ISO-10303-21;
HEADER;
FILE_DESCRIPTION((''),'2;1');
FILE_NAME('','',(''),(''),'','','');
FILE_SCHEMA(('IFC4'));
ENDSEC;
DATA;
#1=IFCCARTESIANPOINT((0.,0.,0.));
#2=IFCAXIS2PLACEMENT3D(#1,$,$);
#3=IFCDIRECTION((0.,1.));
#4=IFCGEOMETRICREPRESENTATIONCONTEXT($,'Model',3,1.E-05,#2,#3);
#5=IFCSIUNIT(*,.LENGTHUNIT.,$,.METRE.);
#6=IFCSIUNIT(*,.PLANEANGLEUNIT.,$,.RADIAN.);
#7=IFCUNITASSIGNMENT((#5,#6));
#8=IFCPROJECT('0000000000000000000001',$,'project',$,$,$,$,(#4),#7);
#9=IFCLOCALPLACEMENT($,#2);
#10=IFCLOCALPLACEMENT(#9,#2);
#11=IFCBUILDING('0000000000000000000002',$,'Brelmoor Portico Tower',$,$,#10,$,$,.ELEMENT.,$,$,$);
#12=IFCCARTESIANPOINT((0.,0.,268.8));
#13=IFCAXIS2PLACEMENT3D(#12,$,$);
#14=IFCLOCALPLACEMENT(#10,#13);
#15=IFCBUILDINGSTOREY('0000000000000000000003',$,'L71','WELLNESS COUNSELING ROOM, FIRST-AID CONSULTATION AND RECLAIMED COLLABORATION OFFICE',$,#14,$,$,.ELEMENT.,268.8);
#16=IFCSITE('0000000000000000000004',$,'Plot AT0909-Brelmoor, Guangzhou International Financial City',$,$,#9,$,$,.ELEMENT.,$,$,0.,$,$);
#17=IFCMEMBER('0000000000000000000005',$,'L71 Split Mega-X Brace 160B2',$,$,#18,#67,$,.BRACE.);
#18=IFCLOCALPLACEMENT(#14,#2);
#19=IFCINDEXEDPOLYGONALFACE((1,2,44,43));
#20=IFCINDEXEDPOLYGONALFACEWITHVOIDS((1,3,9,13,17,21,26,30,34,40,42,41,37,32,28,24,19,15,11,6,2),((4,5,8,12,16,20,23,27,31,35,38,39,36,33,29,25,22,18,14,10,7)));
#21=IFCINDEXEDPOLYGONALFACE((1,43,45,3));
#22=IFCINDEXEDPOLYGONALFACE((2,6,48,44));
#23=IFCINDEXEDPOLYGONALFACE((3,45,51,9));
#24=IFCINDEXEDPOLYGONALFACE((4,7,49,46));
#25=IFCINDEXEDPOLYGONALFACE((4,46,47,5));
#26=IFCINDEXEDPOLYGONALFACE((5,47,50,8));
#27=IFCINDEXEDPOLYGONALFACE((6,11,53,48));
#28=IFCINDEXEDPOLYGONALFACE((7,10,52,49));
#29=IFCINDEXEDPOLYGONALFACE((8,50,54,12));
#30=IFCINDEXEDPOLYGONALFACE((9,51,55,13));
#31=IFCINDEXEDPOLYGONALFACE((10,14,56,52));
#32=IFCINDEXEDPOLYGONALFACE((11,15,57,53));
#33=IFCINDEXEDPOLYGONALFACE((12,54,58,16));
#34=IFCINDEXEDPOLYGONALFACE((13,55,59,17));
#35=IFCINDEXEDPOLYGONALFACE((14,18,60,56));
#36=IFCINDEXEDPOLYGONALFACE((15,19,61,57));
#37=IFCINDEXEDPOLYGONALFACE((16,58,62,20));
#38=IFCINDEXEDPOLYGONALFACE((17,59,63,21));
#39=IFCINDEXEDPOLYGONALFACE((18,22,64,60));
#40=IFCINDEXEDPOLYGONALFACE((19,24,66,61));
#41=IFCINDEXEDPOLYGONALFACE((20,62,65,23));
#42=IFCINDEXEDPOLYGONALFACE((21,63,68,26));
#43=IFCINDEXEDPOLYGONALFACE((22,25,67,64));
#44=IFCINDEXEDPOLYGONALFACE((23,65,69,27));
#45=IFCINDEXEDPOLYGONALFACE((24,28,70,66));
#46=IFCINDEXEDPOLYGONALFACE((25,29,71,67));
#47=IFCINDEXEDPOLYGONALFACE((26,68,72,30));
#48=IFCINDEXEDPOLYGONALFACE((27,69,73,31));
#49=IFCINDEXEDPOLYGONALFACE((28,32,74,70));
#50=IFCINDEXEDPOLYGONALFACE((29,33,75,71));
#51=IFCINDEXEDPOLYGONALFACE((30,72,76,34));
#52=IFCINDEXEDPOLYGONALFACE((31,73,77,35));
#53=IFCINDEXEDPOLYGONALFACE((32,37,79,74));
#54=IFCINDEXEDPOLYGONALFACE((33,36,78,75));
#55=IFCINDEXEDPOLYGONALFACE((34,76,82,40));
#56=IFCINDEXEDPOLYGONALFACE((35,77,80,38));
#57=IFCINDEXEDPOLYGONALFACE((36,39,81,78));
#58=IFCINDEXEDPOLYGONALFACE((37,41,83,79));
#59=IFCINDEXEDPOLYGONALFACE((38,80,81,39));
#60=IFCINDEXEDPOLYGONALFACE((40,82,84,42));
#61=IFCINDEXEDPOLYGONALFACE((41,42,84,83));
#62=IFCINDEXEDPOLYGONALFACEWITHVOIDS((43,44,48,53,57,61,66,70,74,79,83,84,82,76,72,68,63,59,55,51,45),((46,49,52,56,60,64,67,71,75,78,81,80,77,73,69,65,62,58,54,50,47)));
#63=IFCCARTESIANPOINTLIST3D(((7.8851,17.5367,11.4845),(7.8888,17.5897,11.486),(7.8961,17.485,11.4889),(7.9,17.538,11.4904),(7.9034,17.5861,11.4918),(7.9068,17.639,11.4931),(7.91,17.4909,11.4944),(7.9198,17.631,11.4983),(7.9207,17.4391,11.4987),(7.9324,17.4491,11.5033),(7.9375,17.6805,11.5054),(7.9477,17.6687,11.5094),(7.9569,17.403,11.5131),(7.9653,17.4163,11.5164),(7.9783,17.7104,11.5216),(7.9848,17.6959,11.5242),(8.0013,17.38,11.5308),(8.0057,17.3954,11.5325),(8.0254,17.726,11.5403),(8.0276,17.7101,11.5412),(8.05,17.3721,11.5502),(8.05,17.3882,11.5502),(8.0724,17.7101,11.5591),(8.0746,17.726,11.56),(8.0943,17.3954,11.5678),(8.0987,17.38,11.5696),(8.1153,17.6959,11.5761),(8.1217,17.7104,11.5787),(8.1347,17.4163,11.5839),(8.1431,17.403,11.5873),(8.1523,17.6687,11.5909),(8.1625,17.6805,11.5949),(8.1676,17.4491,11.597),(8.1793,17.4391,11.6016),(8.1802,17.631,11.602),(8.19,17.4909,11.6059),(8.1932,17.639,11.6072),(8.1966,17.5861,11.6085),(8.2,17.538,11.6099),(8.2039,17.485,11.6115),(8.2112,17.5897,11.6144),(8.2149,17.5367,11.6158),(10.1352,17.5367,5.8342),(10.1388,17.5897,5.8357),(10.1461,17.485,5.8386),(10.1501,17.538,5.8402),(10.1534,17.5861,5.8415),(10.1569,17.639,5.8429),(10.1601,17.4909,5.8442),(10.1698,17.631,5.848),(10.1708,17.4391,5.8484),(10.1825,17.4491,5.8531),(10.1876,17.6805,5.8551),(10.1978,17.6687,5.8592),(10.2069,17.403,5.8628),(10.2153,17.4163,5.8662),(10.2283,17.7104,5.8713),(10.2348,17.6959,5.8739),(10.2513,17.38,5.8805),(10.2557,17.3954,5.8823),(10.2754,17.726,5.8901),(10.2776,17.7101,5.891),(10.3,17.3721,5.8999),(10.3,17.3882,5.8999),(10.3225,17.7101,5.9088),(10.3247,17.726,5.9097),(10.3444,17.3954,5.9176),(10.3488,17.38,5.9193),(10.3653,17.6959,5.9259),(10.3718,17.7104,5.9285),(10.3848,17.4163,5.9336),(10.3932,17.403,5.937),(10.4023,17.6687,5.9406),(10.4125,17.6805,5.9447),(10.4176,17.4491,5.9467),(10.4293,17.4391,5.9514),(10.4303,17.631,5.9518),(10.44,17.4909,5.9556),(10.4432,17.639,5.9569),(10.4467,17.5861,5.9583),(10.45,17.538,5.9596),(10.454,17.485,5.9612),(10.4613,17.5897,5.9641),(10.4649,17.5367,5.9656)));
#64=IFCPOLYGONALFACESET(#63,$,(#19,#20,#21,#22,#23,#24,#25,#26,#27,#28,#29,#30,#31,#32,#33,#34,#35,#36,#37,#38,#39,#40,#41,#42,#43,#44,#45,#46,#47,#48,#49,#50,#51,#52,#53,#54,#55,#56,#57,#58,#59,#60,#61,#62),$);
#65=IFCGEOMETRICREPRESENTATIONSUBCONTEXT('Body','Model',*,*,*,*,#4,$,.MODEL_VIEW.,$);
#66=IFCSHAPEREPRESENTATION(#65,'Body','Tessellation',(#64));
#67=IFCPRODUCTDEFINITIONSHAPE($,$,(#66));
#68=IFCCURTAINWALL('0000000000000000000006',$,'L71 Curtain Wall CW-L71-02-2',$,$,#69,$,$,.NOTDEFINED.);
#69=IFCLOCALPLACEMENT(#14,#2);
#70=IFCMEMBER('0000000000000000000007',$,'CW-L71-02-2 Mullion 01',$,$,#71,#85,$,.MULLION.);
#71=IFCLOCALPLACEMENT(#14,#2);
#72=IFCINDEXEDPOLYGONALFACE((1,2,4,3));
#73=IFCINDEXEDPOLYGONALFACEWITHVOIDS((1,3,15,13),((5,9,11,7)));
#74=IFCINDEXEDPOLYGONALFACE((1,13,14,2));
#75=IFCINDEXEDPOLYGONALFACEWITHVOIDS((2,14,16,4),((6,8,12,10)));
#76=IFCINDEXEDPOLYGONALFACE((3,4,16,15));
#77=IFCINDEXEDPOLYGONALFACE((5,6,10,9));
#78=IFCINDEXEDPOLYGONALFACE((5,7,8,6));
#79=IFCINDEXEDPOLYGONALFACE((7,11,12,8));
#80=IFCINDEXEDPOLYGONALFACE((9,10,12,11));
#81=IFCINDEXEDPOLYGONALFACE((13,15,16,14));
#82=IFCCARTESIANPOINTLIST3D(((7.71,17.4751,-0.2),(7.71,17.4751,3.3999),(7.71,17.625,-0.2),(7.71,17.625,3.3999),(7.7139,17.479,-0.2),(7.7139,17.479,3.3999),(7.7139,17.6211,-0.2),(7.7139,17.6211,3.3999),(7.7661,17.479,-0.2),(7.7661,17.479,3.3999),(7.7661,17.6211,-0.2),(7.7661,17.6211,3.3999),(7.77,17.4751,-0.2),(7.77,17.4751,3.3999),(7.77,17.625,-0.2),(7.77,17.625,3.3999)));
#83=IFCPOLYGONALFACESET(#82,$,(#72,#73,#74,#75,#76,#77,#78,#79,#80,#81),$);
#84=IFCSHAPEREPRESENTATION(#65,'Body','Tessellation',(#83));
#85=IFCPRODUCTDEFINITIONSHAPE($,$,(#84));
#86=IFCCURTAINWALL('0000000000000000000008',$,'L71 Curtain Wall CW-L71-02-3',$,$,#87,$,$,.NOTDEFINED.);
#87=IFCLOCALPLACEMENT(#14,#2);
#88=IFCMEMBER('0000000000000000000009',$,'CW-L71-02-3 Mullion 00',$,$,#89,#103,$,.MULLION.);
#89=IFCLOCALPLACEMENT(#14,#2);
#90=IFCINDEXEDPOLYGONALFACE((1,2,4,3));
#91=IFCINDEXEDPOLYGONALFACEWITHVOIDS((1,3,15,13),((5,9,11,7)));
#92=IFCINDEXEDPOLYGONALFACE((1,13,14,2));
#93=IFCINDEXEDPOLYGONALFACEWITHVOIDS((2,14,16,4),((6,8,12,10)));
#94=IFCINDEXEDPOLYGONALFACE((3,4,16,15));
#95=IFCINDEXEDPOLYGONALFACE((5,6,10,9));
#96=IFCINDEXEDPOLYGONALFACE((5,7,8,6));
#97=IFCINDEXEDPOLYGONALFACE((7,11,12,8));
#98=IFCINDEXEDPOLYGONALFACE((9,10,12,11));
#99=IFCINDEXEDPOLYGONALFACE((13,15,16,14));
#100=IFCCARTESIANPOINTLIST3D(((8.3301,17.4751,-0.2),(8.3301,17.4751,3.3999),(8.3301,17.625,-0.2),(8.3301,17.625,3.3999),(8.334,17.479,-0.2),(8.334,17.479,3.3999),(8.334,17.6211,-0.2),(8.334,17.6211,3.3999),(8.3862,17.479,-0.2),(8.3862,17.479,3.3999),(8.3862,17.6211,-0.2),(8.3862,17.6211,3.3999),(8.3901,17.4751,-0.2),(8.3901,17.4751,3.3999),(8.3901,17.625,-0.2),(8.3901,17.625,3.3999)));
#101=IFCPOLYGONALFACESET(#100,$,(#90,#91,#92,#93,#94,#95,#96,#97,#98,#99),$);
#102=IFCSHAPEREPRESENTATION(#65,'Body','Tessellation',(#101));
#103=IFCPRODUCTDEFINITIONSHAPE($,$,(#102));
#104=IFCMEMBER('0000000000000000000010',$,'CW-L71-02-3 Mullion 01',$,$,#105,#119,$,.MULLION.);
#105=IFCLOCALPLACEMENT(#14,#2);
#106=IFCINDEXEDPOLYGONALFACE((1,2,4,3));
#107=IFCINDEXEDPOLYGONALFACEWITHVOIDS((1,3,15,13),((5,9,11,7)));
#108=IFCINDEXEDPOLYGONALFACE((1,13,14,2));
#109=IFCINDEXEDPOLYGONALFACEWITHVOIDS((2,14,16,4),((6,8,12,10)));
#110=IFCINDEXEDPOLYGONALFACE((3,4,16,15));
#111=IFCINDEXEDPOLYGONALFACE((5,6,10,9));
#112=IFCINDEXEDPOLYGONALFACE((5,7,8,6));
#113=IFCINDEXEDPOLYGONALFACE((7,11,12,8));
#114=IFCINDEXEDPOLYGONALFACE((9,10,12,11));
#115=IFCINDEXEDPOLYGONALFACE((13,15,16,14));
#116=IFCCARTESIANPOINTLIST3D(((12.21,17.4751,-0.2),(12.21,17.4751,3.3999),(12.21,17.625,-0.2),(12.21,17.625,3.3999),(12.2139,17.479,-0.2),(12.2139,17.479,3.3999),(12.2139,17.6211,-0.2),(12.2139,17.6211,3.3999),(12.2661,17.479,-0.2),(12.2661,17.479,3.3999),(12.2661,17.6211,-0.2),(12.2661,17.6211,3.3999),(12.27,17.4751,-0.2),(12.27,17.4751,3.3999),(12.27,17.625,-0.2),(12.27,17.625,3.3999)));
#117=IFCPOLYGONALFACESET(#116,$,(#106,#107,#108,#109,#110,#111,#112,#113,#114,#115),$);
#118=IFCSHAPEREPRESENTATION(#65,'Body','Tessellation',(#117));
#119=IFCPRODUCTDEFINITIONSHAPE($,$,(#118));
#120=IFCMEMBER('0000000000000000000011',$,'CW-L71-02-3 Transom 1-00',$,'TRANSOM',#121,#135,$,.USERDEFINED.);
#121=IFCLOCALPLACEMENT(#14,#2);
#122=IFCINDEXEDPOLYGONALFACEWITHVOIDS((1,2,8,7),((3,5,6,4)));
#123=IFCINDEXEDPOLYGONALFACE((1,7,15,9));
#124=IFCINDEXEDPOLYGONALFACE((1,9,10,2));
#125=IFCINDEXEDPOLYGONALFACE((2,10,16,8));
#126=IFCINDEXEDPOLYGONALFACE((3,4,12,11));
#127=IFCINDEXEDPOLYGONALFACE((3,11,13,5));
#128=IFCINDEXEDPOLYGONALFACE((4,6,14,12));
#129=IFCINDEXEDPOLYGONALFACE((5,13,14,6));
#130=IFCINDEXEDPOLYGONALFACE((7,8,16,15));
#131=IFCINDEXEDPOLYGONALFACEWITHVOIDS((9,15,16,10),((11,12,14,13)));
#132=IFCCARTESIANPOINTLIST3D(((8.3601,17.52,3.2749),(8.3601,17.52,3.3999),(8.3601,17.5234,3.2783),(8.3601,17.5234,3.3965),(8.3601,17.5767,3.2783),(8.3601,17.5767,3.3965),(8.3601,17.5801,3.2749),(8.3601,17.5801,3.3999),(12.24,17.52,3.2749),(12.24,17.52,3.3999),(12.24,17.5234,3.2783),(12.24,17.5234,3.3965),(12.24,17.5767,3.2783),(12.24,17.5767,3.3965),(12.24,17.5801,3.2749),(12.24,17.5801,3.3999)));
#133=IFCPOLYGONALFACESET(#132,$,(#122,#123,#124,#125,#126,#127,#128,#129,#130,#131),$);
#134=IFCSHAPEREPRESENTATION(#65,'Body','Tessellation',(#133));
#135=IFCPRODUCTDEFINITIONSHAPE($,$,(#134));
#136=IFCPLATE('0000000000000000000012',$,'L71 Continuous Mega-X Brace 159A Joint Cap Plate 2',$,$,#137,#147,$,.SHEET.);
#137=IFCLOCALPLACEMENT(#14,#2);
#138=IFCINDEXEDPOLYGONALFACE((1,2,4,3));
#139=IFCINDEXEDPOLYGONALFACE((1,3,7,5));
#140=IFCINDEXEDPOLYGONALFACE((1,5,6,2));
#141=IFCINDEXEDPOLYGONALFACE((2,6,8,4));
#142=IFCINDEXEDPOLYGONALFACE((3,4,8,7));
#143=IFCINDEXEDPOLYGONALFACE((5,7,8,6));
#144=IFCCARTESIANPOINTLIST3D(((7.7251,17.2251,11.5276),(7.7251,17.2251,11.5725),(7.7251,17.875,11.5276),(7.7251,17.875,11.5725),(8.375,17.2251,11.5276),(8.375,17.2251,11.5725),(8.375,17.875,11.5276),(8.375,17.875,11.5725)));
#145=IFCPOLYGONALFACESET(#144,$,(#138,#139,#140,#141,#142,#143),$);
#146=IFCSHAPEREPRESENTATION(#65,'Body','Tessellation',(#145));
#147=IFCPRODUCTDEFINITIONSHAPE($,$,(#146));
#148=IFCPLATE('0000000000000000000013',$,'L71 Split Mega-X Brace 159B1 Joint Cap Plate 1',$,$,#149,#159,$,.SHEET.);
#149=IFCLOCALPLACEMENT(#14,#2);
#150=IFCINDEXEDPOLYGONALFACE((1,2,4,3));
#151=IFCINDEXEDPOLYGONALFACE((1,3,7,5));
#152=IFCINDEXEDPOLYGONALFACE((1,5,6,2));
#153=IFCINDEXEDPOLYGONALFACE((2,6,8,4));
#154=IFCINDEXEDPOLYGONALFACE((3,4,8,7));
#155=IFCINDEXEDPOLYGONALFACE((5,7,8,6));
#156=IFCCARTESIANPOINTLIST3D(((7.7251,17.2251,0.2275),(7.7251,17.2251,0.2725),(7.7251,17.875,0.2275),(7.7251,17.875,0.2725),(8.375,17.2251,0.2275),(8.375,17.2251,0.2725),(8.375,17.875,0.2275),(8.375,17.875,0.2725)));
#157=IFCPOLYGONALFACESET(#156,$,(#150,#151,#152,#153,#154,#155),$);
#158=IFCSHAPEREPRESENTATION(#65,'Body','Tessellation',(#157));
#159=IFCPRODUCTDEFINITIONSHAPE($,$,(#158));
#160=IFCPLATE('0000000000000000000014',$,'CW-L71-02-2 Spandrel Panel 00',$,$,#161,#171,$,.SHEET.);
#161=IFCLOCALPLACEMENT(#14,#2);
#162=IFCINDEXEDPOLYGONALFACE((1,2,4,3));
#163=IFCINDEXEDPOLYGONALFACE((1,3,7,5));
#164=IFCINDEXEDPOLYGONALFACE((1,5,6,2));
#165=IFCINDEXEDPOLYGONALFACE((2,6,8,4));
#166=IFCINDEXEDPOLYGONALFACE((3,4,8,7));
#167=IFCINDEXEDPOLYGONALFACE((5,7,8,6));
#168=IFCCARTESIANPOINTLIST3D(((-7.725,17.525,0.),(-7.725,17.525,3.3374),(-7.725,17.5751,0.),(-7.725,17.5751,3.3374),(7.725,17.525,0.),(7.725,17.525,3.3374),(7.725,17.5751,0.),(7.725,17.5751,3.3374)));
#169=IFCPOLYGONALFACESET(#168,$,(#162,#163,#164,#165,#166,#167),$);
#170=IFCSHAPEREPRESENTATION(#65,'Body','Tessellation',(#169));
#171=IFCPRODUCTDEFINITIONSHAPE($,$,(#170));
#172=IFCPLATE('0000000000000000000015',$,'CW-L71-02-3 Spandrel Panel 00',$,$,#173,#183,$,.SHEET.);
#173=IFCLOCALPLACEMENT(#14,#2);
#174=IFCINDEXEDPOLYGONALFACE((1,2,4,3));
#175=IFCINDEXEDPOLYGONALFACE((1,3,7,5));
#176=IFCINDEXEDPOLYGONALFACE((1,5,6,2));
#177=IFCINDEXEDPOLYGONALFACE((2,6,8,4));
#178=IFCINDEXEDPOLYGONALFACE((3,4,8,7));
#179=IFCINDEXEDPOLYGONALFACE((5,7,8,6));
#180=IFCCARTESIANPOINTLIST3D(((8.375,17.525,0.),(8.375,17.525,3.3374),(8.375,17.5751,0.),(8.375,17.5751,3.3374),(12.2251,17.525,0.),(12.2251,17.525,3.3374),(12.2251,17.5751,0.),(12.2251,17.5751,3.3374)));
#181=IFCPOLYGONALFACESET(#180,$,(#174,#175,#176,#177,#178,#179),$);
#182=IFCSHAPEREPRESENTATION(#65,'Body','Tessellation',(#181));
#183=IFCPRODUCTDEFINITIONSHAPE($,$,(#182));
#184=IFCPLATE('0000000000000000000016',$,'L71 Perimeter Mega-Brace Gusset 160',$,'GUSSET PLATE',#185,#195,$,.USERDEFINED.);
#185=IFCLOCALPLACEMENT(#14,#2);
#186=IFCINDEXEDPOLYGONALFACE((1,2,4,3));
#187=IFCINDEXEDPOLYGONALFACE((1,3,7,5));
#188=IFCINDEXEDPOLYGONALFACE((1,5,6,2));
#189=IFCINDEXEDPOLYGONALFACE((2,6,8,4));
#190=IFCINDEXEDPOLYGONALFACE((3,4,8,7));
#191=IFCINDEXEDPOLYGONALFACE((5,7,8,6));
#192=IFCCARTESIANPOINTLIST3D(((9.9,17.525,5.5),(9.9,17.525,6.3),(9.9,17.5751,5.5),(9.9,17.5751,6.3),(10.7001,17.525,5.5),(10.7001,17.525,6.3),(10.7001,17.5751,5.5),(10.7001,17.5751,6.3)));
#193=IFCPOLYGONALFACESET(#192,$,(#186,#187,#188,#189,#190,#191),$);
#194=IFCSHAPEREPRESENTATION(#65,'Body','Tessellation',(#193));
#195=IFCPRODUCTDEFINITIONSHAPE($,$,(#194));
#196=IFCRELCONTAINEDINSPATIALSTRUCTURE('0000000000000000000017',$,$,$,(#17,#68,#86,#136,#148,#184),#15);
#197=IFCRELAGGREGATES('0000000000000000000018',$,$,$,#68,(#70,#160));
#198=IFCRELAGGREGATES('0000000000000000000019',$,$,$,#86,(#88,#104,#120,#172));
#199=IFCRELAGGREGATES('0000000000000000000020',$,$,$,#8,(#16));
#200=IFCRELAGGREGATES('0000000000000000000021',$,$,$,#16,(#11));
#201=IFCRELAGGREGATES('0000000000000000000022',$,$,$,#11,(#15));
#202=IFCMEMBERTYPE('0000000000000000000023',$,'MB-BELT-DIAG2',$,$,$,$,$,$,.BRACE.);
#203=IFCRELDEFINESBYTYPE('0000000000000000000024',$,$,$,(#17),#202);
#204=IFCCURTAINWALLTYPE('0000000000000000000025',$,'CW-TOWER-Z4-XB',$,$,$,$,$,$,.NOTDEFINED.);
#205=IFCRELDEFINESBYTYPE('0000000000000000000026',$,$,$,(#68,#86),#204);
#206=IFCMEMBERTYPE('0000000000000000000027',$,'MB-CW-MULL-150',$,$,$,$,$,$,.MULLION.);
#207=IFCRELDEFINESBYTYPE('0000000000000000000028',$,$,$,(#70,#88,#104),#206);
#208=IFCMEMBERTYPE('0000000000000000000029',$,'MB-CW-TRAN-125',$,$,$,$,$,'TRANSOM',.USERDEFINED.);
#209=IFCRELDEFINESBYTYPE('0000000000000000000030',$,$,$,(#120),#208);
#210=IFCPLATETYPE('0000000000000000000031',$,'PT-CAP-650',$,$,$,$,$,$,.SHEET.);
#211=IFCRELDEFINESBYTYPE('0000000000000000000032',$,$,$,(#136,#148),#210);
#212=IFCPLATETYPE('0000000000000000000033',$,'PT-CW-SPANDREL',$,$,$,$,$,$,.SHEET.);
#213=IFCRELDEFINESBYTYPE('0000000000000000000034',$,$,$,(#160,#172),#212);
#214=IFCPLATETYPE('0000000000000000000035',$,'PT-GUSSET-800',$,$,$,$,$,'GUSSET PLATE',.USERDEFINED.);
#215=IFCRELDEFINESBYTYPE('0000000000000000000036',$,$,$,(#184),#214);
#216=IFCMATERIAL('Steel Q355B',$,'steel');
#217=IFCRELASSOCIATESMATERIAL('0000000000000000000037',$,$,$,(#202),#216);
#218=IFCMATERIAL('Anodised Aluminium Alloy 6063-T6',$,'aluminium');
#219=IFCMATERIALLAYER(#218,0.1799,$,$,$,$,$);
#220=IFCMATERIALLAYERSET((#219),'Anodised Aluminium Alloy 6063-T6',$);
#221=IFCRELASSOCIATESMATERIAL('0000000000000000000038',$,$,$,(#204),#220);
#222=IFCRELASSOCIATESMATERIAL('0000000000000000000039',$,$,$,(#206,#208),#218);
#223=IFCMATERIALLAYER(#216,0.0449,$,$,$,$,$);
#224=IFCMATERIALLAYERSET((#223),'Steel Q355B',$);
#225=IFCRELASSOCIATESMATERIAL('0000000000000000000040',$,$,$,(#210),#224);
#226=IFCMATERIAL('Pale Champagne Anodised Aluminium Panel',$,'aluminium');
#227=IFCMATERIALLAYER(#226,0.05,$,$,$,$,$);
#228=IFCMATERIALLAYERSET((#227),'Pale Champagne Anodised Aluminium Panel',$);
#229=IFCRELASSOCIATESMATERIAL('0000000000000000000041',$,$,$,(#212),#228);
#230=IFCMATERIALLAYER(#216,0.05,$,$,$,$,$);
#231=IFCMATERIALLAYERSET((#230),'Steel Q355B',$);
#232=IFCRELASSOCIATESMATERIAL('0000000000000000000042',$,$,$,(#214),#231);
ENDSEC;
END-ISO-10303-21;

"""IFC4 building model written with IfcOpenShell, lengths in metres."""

from ifc_helpers import new_model, si_unit, direction, frame, origin, origin_2d, place, context, subcontext, project, spatial, rectangle, hollow_rectangle, hollow_circle, extrude, material, layer, layer_set, material_profile, profile_set, type_object, element, aggregate, save


model = new_model("IFC4")

# Units and contexts
model_context = context("Model", 3, precision=1e-05, world=origin(), true_north=direction((0.0, 1.0)))
body_context = subcontext(model_context, "Body", "Model", "MODEL_VIEW")
ifc_project = project(units=[si_unit("LENGTHUNIT", "METRE"), si_unit("PLANEANGLEUNIT", "RADIAN")], contexts=[model_context])

# Site, building, storey
site_placement = place(None, origin())
site = spatial("IfcSite", under=ifc_project, at=site_placement, Name="Plot AT0909-Brelmoor, Guangzhou International Financial City", CompositionType="ELEMENT", RefElevation=0.0)
building_placement = place(site_placement, origin())
building = spatial("IfcBuilding", under=site, at=building_placement, Name="Brelmoor Portico Tower", CompositionType="ELEMENT")
storey_placement = place(building_placement, frame((0.0, 0.0, 268.8)))
storey = spatial("IfcBuildingStorey", under=building, at=storey_placement, Name="L71", Description="WELLNESS COUNSELING ROOM, FIRST-AID CONSULTATION AND RECLAIMED COLLABORATION OFFICE", CompositionType="ELEMENT", Elevation=268.8)

# Shared definitions
ifc_material_1 = material(Name="Steel Q355B", Category="steel")

# Member
ifc_material_profile_1 = material_profile(ifc_material_1, hollow_circle(Radius=0.178, WallThickness=0.0161, at=origin_2d()), Name="CHS 356x16")
ifc_profile_set_1 = profile_set([ifc_material_profile_1], Name="Steel Q355B")
member_type_1 = type_object("IfcMemberType", Name="MB-BELT-DIAG2", PredefinedType="BRACE", material=ifc_profile_set_1)
member_1_placement = place(storey_placement, frame((10.3, 17.55, 5.8999), z_axis=(-0.369964, 0.0, 0.929046), x_axis=(0.0, -1.0, 0.0)))
element("IfcMember", 1, at=member_1_placement, inside=storey, type_object=member_type_1, Name="L71 Split Mega-X Brace 160B2", PredefinedType="BRACE", context=body_context, shape_type="SweptSolid", body=[
    extrude(hollow_circle(Radius=0.178, WallThickness=0.0161, at=origin_2d()), origin(), (0.0, 0.0, 1.0), 6.0818),
])

# Curtain wall, member
ifc_material_2 = material(Name="Anodised Aluminium Alloy 6063-T6", Category="aluminium")
ifc_layer_1 = layer(ifc_material_2, 0.1799)
ifc_layer_set_1 = layer_set([ifc_layer_1], Name="Anodised Aluminium Alloy 6063-T6")
curtain_wall_type = type_object("IfcCurtainWallType", Name="CW-TOWER-Z4-XB", PredefinedType="NOTDEFINED", material=ifc_layer_set_1)
curtain_wall_1_placement = place(storey_placement, origin())
curtain_wall_1 = element("IfcCurtainWall", 2, at=curtain_wall_1_placement, inside=storey, type_object=curtain_wall_type, Name="L71 Curtain Wall CW-L71-02-2", PredefinedType="NOTDEFINED")
ifc_material_profile_2 = material_profile(ifc_material_2, hollow_rectangle(XDim=0.0601, YDim=0.1499, WallThickness=0.0039, at=origin_2d()), Name="ALU MULLION 60x150")
ifc_profile_set_2 = profile_set([ifc_material_profile_2], Name="Anodised Aluminium Alloy 6063-T6")
member_type_2 = type_object("IfcMemberType", Name="MB-CW-MULL-150", PredefinedType="MULLION", material=ifc_profile_set_2)
member_2_placement = place(storey_placement, frame((7.74, 17.55, -0.2), z_axis=(0.0, 0.0, 1.0), x_axis=(1.0, 0.0, 0.0)))
member_2 = element("IfcMember", 3, at=member_2_placement, type_object=member_type_2, Name="CW-L71-02-2 Mullion 01", PredefinedType="MULLION", context=body_context, shape_type="SweptSolid", body=[
    extrude(hollow_rectangle(XDim=0.0601, YDim=0.1499, WallThickness=0.0039, at=origin_2d()), origin(), (0.0, 0.0, 1.0), 3.5999),
])

# Curtain wall, members
curtain_wall_2_placement = place(storey_placement, origin())
curtain_wall_2 = element("IfcCurtainWall", 4, at=curtain_wall_2_placement, inside=storey, type_object=curtain_wall_type, Name="L71 Curtain Wall CW-L71-02-3", PredefinedType="NOTDEFINED")
member_3_placement = place(storey_placement, frame((8.3601, 17.55, -0.2), z_axis=(0.0, 0.0, 1.0), x_axis=(1.0, 0.0, 0.0)))
member_3 = element("IfcMember", 5, at=member_3_placement, type_object=member_type_2, Name="CW-L71-02-3 Mullion 00", PredefinedType="MULLION", context=body_context, shape_type="SweptSolid", body=[
    extrude(hollow_rectangle(XDim=0.0601, YDim=0.1499, WallThickness=0.0039, at=origin_2d()), origin(), (0.0, 0.0, 1.0), 3.5999),
])
member_4_placement = place(storey_placement, frame((12.24, 17.55, -0.2), z_axis=(0.0, 0.0, 1.0), x_axis=(1.0, 0.0, 0.0)))
member_4 = element("IfcMember", 6, at=member_4_placement, type_object=member_type_2, Name="CW-L71-02-3 Mullion 01", PredefinedType="MULLION", context=body_context, shape_type="SweptSolid", body=[
    extrude(hollow_rectangle(XDim=0.0601, YDim=0.1499, WallThickness=0.0039, at=origin_2d()), origin(), (0.0, 0.0, 1.0), 3.5999),
])
ifc_material_profile_3 = material_profile(ifc_material_2, hollow_rectangle(XDim=0.0601, YDim=0.125, WallThickness=0.0034, at=origin_2d()), Name="ALU TRANSOM 60x125")
ifc_profile_set_3 = profile_set([ifc_material_profile_3], Name="Anodised Aluminium Alloy 6063-T6")
member_type_3 = type_object("IfcMemberType", Name="MB-CW-TRAN-125", ElementType="TRANSOM", PredefinedType="USERDEFINED", material=ifc_profile_set_3)
member_5_placement = place(storey_placement, frame((8.3601, 17.55, 3.3374), z_axis=(1.0, 0.0, 0.0), x_axis=(0.0, 1.0, 0.0)))
member_5 = element("IfcMember", 7, at=member_5_placement, type_object=member_type_3, Name="CW-L71-02-3 Transom 1-00", ObjectType="TRANSOM", PredefinedType="USERDEFINED", context=body_context, shape_type="SweptSolid", body=[
    extrude(hollow_rectangle(XDim=0.0601, YDim=0.125, WallThickness=0.0034, at=origin_2d()), origin(), (0.0, 0.0, 1.0), 3.8799),
])

# Plates
ifc_layer_2 = layer(ifc_material_1, 0.0449)
ifc_layer_set_2 = layer_set([ifc_layer_2], Name="Steel Q355B")
plate_type_1 = type_object("IfcPlateType", Name="PT-CAP-650", PredefinedType="SHEET", material=ifc_layer_set_2)
for number, where, z_axis, x_axis, name in (
    (8, (8.05, 17.55, 11.5276), (0.0, 0.0, 1.0), (1.0, 0.0, 0.0), "L71 Continuous Mega-X Brace 159A Joint Cap Plate 2"),
    (9, (8.05, 17.55, 0.2275), (0.0, 0.0, 1.0), (1.0, 0.0, 0.0), "L71 Split Mega-X Brace 159B1 Joint Cap Plate 1"),
):
    element("IfcPlate", number, at=place(storey_placement, frame(where, z_axis=z_axis, x_axis=x_axis)), inside=storey, type_object=plate_type_1, Name=name, PredefinedType="SHEET", context=body_context, shape_type="SweptSolid", body=[
        extrude(rectangle(XDim=0.6499, YDim=0.6499, at=origin_2d()), origin(), (0.0, 0.0, 1.0), 0.0449),
    ])

# Plates
ifc_material_3 = material(Name="Pale Champagne Anodised Aluminium Panel", Category="aluminium")
ifc_layer_3 = layer(ifc_material_3, 0.05)
ifc_layer_set_3 = layer_set([ifc_layer_3], Name="Pale Champagne Anodised Aluminium Panel")
plate_type_2 = type_object("IfcPlateType", Name="PT-CW-SPANDREL", PredefinedType="SHEET", material=ifc_layer_set_3)
plate_1_placement = place(storey_placement, frame((0.0, 17.55, 0.0), z_axis=(0.0, 0.0, 1.0), x_axis=(1.0, 0.0, 0.0)))
plate_1 = element("IfcPlate", 10, at=plate_1_placement, type_object=plate_type_2, Name="CW-L71-02-2 Spandrel Panel 00", PredefinedType="SHEET", context=body_context, shape_type="SweptSolid", body=[
    extrude(rectangle(XDim=15.45, YDim=0.05, at=origin_2d()), origin(), (0.0, 0.0, 1.0), 3.3374),
])
aggregate(curtain_wall_1, [member_2, plate_1])
plate_2_placement = place(storey_placement, frame((10.3, 17.55, 0.0), z_axis=(0.0, 0.0, 1.0), x_axis=(1.0, 0.0, 0.0)))
plate_2 = element("IfcPlate", 11, at=plate_2_placement, type_object=plate_type_2, Name="CW-L71-02-3 Spandrel Panel 00", PredefinedType="SHEET", context=body_context, shape_type="SweptSolid", body=[
    extrude(rectangle(XDim=3.8501, YDim=0.05, at=origin_2d()), origin(), (0.0, 0.0, 1.0), 3.3374),
])
aggregate(curtain_wall_2, [member_3, member_4, member_5, plate_2])

# Plate
ifc_layer_4 = layer(ifc_material_1, 0.05)
ifc_layer_set_4 = layer_set([ifc_layer_4], Name="Steel Q355B")
plate_type_3 = type_object("IfcPlateType", Name="PT-GUSSET-800", ElementType="GUSSET PLATE", PredefinedType="USERDEFINED", material=ifc_layer_set_4)
plate_3_placement = place(storey_placement, frame((10.3, 17.55, 5.5), z_axis=(0.0, 0.0, 1.0), x_axis=(1.0, 0.0, 0.0)))
element("IfcPlate", 12, at=plate_3_placement, inside=storey, type_object=plate_type_3, Name="L71 Perimeter Mega-Brace Gusset 160", ObjectType="GUSSET PLATE", PredefinedType="USERDEFINED", context=body_context, shape_type="SweptSolid", body=[
    extrude(rectangle(XDim=0.8, YDim=0.05, at=origin_2d()), origin(), (0.0, 0.0, 1.0), 0.8),
])

save(model, "model.ifc")
